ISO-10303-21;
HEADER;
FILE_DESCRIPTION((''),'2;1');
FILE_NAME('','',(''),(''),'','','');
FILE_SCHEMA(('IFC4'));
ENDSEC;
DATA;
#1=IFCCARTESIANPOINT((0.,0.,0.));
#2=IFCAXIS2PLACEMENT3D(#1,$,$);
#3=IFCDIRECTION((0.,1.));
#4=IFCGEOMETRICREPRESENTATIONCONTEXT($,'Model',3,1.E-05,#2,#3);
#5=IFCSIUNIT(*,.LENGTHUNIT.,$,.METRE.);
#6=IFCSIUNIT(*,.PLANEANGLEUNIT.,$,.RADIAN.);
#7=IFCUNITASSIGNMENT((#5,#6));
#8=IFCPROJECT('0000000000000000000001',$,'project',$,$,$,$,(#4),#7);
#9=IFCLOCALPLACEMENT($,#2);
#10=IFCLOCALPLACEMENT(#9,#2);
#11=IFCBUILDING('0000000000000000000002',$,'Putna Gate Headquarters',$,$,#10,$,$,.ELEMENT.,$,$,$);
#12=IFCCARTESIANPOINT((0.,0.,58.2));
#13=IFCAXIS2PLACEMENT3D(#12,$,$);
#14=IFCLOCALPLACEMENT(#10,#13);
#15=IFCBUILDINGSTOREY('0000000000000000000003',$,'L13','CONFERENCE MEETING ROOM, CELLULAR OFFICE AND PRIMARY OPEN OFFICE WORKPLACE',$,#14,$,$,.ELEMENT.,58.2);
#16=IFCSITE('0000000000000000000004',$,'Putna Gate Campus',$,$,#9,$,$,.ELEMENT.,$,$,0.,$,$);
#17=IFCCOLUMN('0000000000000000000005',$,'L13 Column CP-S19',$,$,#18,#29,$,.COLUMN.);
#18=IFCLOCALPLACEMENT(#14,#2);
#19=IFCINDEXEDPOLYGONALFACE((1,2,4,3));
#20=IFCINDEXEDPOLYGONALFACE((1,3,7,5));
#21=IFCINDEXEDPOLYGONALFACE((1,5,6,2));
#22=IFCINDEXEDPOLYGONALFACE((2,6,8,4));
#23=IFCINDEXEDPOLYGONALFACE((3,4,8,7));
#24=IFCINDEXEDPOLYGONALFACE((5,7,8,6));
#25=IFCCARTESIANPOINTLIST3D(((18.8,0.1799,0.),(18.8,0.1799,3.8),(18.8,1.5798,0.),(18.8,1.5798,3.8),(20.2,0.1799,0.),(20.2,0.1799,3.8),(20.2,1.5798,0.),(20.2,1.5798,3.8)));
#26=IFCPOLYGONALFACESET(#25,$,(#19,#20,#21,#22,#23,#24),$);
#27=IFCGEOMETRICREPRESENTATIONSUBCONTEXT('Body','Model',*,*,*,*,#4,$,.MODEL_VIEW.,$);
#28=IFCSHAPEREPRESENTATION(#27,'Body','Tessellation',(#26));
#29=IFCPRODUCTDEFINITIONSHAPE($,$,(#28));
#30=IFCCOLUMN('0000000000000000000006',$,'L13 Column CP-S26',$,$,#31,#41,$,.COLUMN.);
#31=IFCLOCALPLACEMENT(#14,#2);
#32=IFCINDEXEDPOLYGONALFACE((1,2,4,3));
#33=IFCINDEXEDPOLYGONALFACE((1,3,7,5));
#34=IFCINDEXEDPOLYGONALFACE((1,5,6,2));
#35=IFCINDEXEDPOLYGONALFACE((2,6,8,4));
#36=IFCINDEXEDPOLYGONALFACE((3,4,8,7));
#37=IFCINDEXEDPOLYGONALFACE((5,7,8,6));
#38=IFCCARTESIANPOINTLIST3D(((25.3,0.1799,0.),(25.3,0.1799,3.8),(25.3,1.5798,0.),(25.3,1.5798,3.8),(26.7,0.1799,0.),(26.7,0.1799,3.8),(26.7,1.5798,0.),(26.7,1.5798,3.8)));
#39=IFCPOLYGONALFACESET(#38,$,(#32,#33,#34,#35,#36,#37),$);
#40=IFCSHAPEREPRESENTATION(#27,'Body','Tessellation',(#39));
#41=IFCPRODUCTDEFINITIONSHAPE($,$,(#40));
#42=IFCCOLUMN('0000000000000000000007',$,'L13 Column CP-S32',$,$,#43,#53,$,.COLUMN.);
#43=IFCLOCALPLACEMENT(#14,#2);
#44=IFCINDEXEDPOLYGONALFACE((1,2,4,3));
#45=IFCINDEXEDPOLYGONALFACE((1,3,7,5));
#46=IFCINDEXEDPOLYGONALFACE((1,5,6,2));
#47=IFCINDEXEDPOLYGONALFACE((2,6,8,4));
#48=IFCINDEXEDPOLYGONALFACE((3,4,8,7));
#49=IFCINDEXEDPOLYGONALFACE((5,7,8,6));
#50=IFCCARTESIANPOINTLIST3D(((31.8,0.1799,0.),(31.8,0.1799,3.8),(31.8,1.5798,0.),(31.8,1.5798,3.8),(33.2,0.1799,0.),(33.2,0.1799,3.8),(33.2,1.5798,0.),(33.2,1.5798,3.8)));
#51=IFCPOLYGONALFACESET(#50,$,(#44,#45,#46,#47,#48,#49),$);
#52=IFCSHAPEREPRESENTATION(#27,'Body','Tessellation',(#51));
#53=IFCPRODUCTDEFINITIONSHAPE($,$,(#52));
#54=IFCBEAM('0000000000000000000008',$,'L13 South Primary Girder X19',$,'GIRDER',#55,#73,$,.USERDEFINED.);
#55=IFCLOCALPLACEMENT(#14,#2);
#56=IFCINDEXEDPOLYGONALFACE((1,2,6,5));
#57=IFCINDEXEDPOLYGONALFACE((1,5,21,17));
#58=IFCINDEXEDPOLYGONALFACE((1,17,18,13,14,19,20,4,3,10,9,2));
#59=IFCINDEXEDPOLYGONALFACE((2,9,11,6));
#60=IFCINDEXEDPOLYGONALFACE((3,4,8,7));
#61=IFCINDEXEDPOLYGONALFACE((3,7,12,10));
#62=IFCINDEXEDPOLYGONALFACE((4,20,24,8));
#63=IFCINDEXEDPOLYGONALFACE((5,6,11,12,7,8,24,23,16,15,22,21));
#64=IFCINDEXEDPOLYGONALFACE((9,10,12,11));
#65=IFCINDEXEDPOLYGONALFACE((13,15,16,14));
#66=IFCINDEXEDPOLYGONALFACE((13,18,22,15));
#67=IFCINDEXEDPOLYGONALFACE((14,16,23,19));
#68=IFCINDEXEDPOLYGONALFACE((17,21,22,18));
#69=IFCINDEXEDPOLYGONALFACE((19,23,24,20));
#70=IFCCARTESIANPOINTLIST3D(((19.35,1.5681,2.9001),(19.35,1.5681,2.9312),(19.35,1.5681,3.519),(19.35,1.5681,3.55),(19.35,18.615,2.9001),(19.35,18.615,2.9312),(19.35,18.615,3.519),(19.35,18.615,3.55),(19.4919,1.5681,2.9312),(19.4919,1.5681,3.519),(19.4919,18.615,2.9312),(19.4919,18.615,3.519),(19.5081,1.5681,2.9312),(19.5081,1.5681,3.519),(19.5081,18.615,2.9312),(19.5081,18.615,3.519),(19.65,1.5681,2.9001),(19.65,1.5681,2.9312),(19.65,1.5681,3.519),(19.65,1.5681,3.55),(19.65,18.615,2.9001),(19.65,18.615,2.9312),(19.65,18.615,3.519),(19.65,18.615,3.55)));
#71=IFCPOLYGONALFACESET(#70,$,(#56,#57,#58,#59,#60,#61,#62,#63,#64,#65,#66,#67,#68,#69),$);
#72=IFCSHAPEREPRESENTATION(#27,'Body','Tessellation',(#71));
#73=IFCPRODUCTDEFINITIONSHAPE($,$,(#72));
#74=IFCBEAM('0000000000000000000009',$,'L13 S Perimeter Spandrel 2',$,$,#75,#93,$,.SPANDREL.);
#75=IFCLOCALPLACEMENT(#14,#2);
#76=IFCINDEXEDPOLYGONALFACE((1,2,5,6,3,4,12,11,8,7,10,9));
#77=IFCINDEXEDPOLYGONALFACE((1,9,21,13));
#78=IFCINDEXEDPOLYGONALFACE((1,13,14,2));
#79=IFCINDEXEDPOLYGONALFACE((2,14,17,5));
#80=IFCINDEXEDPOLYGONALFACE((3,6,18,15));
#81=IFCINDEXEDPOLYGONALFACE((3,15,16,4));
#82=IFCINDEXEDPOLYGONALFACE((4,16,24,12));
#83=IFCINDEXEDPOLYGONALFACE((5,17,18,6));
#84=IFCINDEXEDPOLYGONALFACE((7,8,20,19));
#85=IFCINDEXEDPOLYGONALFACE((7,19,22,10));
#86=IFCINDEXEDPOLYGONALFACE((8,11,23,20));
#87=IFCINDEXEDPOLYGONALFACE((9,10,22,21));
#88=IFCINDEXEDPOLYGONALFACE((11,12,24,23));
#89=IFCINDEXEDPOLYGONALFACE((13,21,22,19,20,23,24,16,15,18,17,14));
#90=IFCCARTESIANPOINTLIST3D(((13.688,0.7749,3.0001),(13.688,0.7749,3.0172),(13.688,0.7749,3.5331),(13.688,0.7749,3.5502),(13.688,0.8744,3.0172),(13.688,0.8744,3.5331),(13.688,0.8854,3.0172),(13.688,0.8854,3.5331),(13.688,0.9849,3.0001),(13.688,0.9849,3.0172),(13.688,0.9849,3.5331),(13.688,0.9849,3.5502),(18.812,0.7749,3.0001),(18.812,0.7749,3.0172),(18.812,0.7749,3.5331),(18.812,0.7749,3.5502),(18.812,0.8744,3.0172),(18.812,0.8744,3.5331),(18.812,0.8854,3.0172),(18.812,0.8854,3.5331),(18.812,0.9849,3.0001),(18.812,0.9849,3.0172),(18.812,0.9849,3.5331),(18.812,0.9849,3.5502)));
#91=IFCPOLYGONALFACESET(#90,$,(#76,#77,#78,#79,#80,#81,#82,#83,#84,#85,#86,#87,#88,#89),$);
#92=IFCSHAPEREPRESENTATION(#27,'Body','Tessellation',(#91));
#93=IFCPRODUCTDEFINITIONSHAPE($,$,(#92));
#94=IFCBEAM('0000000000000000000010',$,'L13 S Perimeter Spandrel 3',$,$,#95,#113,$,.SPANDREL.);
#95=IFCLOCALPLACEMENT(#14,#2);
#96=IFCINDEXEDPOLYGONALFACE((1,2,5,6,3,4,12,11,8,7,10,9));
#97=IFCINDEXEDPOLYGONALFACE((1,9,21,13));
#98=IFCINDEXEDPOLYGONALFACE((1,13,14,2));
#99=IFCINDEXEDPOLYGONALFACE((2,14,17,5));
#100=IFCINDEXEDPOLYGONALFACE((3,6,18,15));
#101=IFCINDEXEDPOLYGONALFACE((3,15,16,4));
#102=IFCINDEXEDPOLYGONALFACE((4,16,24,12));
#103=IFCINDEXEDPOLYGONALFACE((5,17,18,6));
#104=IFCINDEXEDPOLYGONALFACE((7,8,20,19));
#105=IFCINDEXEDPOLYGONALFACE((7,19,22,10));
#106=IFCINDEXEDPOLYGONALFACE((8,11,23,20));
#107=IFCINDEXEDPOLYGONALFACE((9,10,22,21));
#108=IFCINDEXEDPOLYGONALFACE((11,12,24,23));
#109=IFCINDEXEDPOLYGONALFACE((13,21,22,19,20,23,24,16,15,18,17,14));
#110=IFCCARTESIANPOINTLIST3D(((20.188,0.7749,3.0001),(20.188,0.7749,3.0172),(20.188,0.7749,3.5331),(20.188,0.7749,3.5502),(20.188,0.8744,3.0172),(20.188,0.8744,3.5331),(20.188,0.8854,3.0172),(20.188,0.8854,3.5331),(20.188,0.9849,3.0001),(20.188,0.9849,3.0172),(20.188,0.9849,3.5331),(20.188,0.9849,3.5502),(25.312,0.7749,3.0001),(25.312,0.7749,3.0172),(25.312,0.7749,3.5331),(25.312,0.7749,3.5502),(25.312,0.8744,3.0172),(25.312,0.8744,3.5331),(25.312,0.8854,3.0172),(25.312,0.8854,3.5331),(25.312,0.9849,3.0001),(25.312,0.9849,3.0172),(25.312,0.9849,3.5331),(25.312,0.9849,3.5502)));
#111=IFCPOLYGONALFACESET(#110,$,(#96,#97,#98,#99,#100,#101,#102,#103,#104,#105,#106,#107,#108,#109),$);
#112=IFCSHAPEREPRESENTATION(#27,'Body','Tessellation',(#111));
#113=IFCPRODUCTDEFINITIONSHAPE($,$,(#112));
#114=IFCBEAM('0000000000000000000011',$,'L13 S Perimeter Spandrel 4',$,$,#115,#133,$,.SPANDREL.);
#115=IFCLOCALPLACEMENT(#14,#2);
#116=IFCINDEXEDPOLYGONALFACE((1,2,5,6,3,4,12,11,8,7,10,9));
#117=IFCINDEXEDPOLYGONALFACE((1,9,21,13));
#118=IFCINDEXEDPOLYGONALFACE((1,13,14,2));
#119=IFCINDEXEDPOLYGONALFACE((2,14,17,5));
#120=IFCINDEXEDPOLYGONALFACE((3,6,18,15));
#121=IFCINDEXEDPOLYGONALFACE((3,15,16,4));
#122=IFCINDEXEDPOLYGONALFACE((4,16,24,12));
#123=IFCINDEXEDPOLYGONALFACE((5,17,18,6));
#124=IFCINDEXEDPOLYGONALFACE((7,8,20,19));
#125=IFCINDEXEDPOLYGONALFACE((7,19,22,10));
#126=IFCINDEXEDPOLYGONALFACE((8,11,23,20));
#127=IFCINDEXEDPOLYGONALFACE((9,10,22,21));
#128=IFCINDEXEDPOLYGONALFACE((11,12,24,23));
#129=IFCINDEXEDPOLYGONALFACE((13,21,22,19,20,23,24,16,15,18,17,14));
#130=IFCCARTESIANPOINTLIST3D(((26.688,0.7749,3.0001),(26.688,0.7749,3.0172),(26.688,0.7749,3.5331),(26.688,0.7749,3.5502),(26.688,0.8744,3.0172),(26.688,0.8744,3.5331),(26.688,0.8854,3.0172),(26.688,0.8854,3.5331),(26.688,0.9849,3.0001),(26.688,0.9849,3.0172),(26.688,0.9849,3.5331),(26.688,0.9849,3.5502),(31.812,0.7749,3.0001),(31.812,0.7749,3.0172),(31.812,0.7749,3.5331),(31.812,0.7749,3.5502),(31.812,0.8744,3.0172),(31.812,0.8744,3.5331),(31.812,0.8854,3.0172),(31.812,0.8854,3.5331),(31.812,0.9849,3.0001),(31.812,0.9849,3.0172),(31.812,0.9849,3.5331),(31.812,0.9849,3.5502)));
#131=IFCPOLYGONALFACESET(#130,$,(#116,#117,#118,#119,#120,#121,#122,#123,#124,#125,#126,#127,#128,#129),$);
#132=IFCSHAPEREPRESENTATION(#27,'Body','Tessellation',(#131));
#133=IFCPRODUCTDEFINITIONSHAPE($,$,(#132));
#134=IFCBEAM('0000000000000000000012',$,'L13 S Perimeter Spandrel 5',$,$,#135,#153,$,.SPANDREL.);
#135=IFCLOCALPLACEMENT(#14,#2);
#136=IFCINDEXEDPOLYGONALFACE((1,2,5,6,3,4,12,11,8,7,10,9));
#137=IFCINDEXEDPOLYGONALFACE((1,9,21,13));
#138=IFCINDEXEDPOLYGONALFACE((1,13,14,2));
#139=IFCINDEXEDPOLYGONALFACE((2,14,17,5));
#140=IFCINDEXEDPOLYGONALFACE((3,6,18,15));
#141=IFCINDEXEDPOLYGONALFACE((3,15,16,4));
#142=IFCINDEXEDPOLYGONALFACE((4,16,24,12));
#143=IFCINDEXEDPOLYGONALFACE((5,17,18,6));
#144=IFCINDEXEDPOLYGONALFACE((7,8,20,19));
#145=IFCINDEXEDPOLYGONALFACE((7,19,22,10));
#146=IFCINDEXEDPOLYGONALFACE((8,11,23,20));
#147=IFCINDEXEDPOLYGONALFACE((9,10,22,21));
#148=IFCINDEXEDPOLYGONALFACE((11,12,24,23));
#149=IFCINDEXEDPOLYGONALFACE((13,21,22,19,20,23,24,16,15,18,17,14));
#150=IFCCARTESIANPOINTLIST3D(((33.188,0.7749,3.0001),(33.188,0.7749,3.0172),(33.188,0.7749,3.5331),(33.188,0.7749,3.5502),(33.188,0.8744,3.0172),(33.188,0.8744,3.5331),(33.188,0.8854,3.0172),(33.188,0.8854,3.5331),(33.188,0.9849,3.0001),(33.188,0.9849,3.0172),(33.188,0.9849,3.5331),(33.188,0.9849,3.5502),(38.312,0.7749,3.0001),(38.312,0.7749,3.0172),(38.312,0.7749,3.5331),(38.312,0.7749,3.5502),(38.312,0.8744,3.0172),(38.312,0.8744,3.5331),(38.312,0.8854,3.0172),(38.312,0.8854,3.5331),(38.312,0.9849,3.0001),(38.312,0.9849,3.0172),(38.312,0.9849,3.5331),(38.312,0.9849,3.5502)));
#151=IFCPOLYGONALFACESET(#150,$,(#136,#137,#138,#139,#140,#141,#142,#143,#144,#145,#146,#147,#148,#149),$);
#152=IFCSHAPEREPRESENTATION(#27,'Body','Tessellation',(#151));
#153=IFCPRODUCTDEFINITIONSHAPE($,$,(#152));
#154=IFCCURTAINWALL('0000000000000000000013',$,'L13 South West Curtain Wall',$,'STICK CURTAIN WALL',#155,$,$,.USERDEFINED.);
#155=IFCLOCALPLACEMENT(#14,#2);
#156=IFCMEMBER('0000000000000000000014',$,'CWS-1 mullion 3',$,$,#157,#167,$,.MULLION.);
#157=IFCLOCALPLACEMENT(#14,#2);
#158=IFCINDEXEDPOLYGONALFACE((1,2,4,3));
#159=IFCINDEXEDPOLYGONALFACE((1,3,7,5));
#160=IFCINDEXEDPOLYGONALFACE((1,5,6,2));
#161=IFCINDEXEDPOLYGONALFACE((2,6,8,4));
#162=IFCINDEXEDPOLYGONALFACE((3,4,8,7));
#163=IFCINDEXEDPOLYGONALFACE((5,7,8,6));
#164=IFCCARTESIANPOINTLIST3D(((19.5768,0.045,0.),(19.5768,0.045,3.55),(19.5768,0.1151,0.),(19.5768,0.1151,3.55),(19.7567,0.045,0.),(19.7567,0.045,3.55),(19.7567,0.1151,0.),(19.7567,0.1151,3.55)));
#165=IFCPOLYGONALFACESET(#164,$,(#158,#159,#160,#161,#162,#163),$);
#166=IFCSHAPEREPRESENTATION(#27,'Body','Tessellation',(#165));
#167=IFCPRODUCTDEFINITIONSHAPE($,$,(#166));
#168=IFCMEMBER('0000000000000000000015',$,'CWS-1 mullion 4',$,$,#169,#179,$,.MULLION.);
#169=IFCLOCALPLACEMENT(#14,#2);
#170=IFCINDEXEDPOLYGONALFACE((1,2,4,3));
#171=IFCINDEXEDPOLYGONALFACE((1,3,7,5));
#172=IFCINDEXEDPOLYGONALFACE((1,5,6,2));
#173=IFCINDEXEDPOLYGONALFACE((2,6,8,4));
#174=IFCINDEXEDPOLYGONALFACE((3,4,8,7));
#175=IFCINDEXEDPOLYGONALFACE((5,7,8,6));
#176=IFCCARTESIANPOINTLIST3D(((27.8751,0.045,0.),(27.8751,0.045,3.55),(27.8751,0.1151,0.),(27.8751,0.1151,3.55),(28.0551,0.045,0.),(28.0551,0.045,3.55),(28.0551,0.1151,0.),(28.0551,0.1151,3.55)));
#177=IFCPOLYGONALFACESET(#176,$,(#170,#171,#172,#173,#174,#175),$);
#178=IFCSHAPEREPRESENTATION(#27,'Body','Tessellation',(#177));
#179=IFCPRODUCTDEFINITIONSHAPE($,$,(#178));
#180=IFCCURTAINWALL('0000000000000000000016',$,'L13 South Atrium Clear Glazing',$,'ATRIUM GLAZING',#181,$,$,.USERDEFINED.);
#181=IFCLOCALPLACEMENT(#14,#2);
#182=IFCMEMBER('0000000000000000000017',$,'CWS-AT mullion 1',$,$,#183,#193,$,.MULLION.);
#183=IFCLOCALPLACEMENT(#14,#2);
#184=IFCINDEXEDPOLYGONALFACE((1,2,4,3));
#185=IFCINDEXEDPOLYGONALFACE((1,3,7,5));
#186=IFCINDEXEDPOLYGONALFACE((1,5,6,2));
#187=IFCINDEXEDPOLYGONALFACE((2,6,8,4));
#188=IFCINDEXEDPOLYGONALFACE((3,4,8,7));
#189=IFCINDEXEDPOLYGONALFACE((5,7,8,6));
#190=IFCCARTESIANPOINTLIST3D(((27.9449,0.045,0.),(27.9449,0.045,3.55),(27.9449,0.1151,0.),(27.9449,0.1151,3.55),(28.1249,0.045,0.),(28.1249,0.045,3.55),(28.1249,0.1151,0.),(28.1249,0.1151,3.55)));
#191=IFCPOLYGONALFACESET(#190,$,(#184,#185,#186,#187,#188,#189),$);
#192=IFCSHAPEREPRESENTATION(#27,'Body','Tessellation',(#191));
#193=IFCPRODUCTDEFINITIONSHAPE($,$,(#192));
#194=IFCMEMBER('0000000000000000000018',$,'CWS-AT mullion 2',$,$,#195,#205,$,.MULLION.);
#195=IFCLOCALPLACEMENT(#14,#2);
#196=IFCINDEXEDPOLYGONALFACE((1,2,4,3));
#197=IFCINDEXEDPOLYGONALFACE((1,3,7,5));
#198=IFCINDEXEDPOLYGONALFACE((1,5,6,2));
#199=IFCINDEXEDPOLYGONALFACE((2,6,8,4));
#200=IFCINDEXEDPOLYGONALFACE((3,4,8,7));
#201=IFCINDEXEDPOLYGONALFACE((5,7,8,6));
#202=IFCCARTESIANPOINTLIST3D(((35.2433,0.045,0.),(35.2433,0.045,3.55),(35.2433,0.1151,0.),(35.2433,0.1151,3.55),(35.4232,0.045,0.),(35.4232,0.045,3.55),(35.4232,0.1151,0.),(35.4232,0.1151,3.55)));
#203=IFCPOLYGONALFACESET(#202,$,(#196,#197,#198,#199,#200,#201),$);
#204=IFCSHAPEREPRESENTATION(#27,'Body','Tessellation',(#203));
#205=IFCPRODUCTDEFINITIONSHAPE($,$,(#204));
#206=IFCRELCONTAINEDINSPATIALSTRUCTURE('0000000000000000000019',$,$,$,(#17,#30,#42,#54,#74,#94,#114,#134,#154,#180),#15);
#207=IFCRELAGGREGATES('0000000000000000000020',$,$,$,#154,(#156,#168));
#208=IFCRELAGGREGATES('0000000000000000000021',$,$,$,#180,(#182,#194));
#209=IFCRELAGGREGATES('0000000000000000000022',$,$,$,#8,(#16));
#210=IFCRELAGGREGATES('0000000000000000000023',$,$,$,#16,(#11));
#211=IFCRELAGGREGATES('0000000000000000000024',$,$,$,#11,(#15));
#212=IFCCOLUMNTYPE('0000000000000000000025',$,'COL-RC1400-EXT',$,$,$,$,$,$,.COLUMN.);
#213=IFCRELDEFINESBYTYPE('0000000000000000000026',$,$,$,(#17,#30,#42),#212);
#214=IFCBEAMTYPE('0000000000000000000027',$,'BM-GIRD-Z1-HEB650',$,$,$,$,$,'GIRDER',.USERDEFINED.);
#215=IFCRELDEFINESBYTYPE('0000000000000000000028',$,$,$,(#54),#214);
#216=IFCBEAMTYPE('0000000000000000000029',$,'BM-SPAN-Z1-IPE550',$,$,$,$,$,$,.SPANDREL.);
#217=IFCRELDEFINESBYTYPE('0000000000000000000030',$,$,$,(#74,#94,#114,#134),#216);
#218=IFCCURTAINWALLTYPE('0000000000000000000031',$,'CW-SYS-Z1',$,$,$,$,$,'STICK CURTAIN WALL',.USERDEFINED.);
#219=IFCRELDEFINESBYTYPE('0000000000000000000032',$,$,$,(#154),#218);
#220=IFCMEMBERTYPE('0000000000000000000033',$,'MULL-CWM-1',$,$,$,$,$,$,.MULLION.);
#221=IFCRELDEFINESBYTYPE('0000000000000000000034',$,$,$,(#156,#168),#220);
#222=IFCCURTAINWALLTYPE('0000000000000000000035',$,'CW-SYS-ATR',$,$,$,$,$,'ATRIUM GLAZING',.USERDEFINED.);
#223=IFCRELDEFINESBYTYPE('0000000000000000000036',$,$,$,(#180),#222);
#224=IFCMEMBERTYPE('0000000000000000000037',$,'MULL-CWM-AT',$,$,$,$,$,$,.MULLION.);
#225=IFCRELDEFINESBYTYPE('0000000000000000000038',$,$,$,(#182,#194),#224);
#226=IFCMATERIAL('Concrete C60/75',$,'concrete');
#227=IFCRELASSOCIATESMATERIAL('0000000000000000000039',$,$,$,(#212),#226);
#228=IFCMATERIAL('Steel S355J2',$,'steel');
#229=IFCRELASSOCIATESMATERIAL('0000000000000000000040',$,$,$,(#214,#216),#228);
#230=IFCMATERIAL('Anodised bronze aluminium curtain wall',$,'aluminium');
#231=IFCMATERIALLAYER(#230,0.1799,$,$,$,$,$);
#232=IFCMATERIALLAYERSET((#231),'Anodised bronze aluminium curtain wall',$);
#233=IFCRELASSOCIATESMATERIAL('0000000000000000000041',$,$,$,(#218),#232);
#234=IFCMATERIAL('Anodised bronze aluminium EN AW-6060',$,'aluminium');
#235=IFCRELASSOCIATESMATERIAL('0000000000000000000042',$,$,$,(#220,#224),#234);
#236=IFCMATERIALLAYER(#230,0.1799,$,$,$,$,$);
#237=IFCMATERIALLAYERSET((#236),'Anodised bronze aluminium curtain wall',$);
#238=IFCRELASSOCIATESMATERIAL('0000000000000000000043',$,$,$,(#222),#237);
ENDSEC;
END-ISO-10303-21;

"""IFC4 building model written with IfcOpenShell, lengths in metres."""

from ifc_helpers import new_model, si_unit, direction, frame, origin, origin_2d, place, context, subcontext, project, spatial, rectangle, i_section, extrude, material, layer, layer_set, material_profile, profile_set, type_object, element, aggregate, save


model = new_model("IFC4")

# Units and contexts
model_context = context("Model", 3, precision=1e-05, world=origin(), true_north=direction((0.0, 1.0)))
body_context = subcontext(model_context, "Body", "Model", "MODEL_VIEW")
ifc_project = project(units=[si_unit("LENGTHUNIT", "METRE"), si_unit("PLANEANGLEUNIT", "RADIAN")], contexts=[model_context])

# Site, building, storey
site_placement = place(None, origin())
site = spatial("IfcSite", under=ifc_project, at=site_placement, Name="Putna Gate Campus", CompositionType="ELEMENT", RefElevation=0.0)
building_placement = place(site_placement, origin())
building = spatial("IfcBuilding", under=site, at=building_placement, Name="Putna Gate Headquarters", CompositionType="ELEMENT")
storey_placement = place(building_placement, frame((0.0, 0.0, 58.2)))
storey = spatial("IfcBuildingStorey", under=building, at=storey_placement, Name="L13", Description="CONFERENCE MEETING ROOM, CELLULAR OFFICE AND PRIMARY OPEN OFFICE WORKPLACE", CompositionType="ELEMENT", Elevation=58.2)

# Columns
ifc_material_1 = material(Name="Concrete C60/75", Category="concrete")
ifc_material_profile_1 = material_profile(ifc_material_1, rectangle(XDim=1.3999, YDim=1.3999, at=origin_2d()), Name="Concrete C60/75")
ifc_profile_set_1 = profile_set([ifc_material_profile_1], Name="Concrete C60/75")
column_type = type_object("IfcColumnType", Name="COL-RC1400-EXT", PredefinedType="COLUMN", material=ifc_profile_set_1)
for number, where, z_axis, x_axis, name in (
    (1, (19.5, 0.8799, 0.0), (0.0, 0.0, 1.0), (1.0, 0.0, 0.0), "L13 Column CP-S19"),
    (2, (26.0, 0.8799, 0.0), (0.0, 0.0, 1.0), (1.0, 0.0, 0.0), "L13 Column CP-S26"),
    (3, (32.5, 0.8799, 0.0), (0.0, 0.0, 1.0), (1.0, 0.0, 0.0), "L13 Column CP-S32"),
):
    element("IfcColumn", number, at=place(storey_placement, frame(where, z_axis=z_axis, x_axis=x_axis)), inside=storey, type_object=column_type, Name=name, PredefinedType="COLUMN", context=body_context, shape_type="SweptSolid", body=[
        extrude(rectangle(XDim=1.3999, YDim=1.3999, at=origin_2d()), origin(), (0.0, 0.0, 1.0), 3.8),
    ])

# Beams
ifc_material_2 = material(Name="Steel S355J2", Category="steel")
ifc_material_profile_2 = material_profile(ifc_material_2, i_section(OverallWidth=0.3, OverallDepth=0.6499, WebThickness=0.0161, FlangeThickness=0.031, at=origin_2d()), Name="Steel S355J2")
ifc_profile_set_2 = profile_set([ifc_material_profile_2], Name="Steel S355J2")
beam_type_1 = type_object("IfcBeamType", Name="BM-GIRD-Z1-HEB650", ElementType="GIRDER", PredefinedType="USERDEFINED", material=ifc_profile_set_2)
beam_placement = place(storey_placement, frame((19.5, 1.5681, 3.2251), z_axis=(0.0, 1.0, 0.0), x_axis=(-1.0, 0.0, 0.0)))
element("IfcBeam", 4, at=beam_placement, inside=storey, type_object=beam_type_1, Name="L13 South Primary Girder X19", ObjectType="GIRDER", PredefinedType="USERDEFINED", context=body_context, shape_type="SweptSolid", body=[
    extrude(i_section(OverallWidth=0.3, OverallDepth=0.6499, WebThickness=0.0161, FlangeThickness=0.031, at=origin_2d()), origin(), (0.0, 0.0, 1.0), 17.0469),
])
ifc_material_profile_3 = material_profile(ifc_material_2, i_section(OverallWidth=0.21, OverallDepth=0.55, WebThickness=0.011, FlangeThickness=0.0171, at=origin_2d()), Name="Steel S355J2")
ifc_profile_set_3 = profile_set([ifc_material_profile_3], Name="Steel S355J2")
beam_type_2 = type_object("IfcBeamType", Name="BM-SPAN-Z1-IPE550", PredefinedType="SPANDREL", material=ifc_profile_set_3)
for number, where, z_axis, x_axis, name in (
    (5, (13.688, 0.8799, 3.2751), (1.0, 0.0, 0.0), (0.0, 1.0, 0.0), "L13 S Perimeter Spandrel 2"),
    (6, (20.188, 0.8799, 3.2751), (1.0, 0.0, 0.0), (0.0, 1.0, 0.0), "L13 S Perimeter Spandrel 3"),
    (7, (26.688, 0.8799, 3.2751), (1.0, 0.0, 0.0), (0.0, 1.0, 0.0), "L13 S Perimeter Spandrel 4"),
    (8, (33.188, 0.8799, 3.2751), (1.0, 0.0, 0.0), (0.0, 1.0, 0.0), "L13 S Perimeter Spandrel 5"),
):
    element("IfcBeam", number, at=place(storey_placement, frame(where, z_axis=z_axis, x_axis=x_axis)), inside=storey, type_object=beam_type_2, Name=name, PredefinedType="SPANDREL", context=body_context, shape_type="SweptSolid", body=[
        extrude(i_section(OverallWidth=0.21, OverallDepth=0.55, WebThickness=0.011, FlangeThickness=0.0171, at=origin_2d()), origin(), (0.0, 0.0, 1.0), 5.124),
    ])

# Curtain walls, members
ifc_material_3 = material(Name="Anodised bronze aluminium curtain wall", Category="aluminium")
ifc_layer_1 = layer(ifc_material_3, 0.1799)
ifc_layer_set_1 = layer_set([ifc_layer_1], Name="Anodised bronze aluminium curtain wall")
curtain_wall_type_1 = type_object("IfcCurtainWallType", Name="CW-SYS-Z1", ElementType="STICK CURTAIN WALL", PredefinedType="USERDEFINED", material=ifc_layer_set_1)
curtain_wall_1_placement = place(storey_placement, origin())
curtain_wall_1 = element("IfcCurtainWall", 9, at=curtain_wall_1_placement, inside=storey, type_object=curtain_wall_type_1, Name="L13 South West Curtain Wall", ObjectType="STICK CURTAIN WALL", PredefinedType="USERDEFINED")
ifc_material_4 = material(Name="Anodised bronze aluminium EN AW-6060", Category="aluminium")
ifc_material_profile_4 = material_profile(ifc_material_4, rectangle(XDim=0.0701, YDim=0.1799, at=origin_2d()), Name="Anodised bronze aluminium EN AW-6060")
ifc_profile_set_4 = profile_set([ifc_material_profile_4], Name="Anodised bronze aluminium EN AW-6060")
member_type_1 = type_object("IfcMemberType", Name="MULL-CWM-1", PredefinedType="MULLION", material=ifc_profile_set_4)
member_1_placement = place(storey_placement, frame((19.6667, 0.0801, 0.0), z_axis=(0.0, 0.0, 1.0), x_axis=(0.0, 1.0, 0.0)))
member_1 = element("IfcMember", 10, at=member_1_placement, type_object=member_type_1, Name="CWS-1 mullion 3", PredefinedType="MULLION", context=body_context, shape_type="SweptSolid", body=[
    extrude(rectangle(XDim=0.0701, YDim=0.1799, at=origin_2d()), origin(), (0.0, 0.0, 1.0), 3.55),
])
member_2_placement = place(storey_placement, frame((27.9651, 0.0801, 0.0), z_axis=(0.0, 0.0, 1.0), x_axis=(0.0, 1.0, 0.0)))
member_2 = element("IfcMember", 11, at=member_2_placement, type_object=member_type_1, Name="CWS-1 mullion 4", PredefinedType="MULLION", context=body_context, shape_type="SweptSolid", body=[
    extrude(rectangle(XDim=0.0701, YDim=0.1799, at=origin_2d()), origin(), (0.0, 0.0, 1.0), 3.55),
])
ifc_layer_2 = layer(ifc_material_3, 0.1799)
ifc_layer_set_2 = layer_set([ifc_layer_2], Name="Anodised bronze aluminium curtain wall")
curtain_wall_type_2 = type_object("IfcCurtainWallType", Name="CW-SYS-ATR", ElementType="ATRIUM GLAZING", PredefinedType="USERDEFINED", material=ifc_layer_set_2)
curtain_wall_2_placement = place(storey_placement, origin())
curtain_wall_2 = element("IfcCurtainWall", 12, at=curtain_wall_2_placement, inside=storey, type_object=curtain_wall_type_2, Name="L13 South Atrium Clear Glazing", ObjectType="ATRIUM GLAZING", PredefinedType="USERDEFINED")
ifc_material_profile_5 = material_profile(ifc_material_4, rectangle(XDim=0.0701, YDim=0.1799, at=origin_2d()), Name="Anodised bronze aluminium EN AW-6060")
ifc_profile_set_5 = profile_set([ifc_material_profile_5], Name="Anodised bronze aluminium EN AW-6060")
member_type_2 = type_object("IfcMemberType", Name="MULL-CWM-AT", PredefinedType="MULLION", material=ifc_profile_set_5)
member_3_placement = place(storey_placement, frame((28.0349, 0.0801, 0.0), z_axis=(0.0, 0.0, 1.0), x_axis=(0.0, 1.0, 0.0)))
member_3 = element("IfcMember", 13, at=member_3_placement, type_object=member_type_2, Name="CWS-AT mullion 1", PredefinedType="MULLION", context=body_context, shape_type="SweptSolid", body=[
    extrude(rectangle(XDim=0.0701, YDim=0.1799, at=origin_2d()), origin(), (0.0, 0.0, 1.0), 3.55),
])
member_4_placement = place(storey_placement, frame((35.3333, 0.0801, 0.0), z_axis=(0.0, 0.0, 1.0), x_axis=(0.0, 1.0, 0.0)))
member_4 = element("IfcMember", 14, at=member_4_placement, type_object=member_type_2, Name="CWS-AT mullion 2", PredefinedType="MULLION", context=body_context, shape_type="SweptSolid", body=[
    extrude(rectangle(XDim=0.0701, YDim=0.1799, at=origin_2d()), origin(), (0.0, 0.0, 1.0), 3.55),
])

aggregate(curtain_wall_1, [member_1, member_2])
aggregate(curtain_wall_2, [member_3, member_4])

save(model, "model.ifc")
